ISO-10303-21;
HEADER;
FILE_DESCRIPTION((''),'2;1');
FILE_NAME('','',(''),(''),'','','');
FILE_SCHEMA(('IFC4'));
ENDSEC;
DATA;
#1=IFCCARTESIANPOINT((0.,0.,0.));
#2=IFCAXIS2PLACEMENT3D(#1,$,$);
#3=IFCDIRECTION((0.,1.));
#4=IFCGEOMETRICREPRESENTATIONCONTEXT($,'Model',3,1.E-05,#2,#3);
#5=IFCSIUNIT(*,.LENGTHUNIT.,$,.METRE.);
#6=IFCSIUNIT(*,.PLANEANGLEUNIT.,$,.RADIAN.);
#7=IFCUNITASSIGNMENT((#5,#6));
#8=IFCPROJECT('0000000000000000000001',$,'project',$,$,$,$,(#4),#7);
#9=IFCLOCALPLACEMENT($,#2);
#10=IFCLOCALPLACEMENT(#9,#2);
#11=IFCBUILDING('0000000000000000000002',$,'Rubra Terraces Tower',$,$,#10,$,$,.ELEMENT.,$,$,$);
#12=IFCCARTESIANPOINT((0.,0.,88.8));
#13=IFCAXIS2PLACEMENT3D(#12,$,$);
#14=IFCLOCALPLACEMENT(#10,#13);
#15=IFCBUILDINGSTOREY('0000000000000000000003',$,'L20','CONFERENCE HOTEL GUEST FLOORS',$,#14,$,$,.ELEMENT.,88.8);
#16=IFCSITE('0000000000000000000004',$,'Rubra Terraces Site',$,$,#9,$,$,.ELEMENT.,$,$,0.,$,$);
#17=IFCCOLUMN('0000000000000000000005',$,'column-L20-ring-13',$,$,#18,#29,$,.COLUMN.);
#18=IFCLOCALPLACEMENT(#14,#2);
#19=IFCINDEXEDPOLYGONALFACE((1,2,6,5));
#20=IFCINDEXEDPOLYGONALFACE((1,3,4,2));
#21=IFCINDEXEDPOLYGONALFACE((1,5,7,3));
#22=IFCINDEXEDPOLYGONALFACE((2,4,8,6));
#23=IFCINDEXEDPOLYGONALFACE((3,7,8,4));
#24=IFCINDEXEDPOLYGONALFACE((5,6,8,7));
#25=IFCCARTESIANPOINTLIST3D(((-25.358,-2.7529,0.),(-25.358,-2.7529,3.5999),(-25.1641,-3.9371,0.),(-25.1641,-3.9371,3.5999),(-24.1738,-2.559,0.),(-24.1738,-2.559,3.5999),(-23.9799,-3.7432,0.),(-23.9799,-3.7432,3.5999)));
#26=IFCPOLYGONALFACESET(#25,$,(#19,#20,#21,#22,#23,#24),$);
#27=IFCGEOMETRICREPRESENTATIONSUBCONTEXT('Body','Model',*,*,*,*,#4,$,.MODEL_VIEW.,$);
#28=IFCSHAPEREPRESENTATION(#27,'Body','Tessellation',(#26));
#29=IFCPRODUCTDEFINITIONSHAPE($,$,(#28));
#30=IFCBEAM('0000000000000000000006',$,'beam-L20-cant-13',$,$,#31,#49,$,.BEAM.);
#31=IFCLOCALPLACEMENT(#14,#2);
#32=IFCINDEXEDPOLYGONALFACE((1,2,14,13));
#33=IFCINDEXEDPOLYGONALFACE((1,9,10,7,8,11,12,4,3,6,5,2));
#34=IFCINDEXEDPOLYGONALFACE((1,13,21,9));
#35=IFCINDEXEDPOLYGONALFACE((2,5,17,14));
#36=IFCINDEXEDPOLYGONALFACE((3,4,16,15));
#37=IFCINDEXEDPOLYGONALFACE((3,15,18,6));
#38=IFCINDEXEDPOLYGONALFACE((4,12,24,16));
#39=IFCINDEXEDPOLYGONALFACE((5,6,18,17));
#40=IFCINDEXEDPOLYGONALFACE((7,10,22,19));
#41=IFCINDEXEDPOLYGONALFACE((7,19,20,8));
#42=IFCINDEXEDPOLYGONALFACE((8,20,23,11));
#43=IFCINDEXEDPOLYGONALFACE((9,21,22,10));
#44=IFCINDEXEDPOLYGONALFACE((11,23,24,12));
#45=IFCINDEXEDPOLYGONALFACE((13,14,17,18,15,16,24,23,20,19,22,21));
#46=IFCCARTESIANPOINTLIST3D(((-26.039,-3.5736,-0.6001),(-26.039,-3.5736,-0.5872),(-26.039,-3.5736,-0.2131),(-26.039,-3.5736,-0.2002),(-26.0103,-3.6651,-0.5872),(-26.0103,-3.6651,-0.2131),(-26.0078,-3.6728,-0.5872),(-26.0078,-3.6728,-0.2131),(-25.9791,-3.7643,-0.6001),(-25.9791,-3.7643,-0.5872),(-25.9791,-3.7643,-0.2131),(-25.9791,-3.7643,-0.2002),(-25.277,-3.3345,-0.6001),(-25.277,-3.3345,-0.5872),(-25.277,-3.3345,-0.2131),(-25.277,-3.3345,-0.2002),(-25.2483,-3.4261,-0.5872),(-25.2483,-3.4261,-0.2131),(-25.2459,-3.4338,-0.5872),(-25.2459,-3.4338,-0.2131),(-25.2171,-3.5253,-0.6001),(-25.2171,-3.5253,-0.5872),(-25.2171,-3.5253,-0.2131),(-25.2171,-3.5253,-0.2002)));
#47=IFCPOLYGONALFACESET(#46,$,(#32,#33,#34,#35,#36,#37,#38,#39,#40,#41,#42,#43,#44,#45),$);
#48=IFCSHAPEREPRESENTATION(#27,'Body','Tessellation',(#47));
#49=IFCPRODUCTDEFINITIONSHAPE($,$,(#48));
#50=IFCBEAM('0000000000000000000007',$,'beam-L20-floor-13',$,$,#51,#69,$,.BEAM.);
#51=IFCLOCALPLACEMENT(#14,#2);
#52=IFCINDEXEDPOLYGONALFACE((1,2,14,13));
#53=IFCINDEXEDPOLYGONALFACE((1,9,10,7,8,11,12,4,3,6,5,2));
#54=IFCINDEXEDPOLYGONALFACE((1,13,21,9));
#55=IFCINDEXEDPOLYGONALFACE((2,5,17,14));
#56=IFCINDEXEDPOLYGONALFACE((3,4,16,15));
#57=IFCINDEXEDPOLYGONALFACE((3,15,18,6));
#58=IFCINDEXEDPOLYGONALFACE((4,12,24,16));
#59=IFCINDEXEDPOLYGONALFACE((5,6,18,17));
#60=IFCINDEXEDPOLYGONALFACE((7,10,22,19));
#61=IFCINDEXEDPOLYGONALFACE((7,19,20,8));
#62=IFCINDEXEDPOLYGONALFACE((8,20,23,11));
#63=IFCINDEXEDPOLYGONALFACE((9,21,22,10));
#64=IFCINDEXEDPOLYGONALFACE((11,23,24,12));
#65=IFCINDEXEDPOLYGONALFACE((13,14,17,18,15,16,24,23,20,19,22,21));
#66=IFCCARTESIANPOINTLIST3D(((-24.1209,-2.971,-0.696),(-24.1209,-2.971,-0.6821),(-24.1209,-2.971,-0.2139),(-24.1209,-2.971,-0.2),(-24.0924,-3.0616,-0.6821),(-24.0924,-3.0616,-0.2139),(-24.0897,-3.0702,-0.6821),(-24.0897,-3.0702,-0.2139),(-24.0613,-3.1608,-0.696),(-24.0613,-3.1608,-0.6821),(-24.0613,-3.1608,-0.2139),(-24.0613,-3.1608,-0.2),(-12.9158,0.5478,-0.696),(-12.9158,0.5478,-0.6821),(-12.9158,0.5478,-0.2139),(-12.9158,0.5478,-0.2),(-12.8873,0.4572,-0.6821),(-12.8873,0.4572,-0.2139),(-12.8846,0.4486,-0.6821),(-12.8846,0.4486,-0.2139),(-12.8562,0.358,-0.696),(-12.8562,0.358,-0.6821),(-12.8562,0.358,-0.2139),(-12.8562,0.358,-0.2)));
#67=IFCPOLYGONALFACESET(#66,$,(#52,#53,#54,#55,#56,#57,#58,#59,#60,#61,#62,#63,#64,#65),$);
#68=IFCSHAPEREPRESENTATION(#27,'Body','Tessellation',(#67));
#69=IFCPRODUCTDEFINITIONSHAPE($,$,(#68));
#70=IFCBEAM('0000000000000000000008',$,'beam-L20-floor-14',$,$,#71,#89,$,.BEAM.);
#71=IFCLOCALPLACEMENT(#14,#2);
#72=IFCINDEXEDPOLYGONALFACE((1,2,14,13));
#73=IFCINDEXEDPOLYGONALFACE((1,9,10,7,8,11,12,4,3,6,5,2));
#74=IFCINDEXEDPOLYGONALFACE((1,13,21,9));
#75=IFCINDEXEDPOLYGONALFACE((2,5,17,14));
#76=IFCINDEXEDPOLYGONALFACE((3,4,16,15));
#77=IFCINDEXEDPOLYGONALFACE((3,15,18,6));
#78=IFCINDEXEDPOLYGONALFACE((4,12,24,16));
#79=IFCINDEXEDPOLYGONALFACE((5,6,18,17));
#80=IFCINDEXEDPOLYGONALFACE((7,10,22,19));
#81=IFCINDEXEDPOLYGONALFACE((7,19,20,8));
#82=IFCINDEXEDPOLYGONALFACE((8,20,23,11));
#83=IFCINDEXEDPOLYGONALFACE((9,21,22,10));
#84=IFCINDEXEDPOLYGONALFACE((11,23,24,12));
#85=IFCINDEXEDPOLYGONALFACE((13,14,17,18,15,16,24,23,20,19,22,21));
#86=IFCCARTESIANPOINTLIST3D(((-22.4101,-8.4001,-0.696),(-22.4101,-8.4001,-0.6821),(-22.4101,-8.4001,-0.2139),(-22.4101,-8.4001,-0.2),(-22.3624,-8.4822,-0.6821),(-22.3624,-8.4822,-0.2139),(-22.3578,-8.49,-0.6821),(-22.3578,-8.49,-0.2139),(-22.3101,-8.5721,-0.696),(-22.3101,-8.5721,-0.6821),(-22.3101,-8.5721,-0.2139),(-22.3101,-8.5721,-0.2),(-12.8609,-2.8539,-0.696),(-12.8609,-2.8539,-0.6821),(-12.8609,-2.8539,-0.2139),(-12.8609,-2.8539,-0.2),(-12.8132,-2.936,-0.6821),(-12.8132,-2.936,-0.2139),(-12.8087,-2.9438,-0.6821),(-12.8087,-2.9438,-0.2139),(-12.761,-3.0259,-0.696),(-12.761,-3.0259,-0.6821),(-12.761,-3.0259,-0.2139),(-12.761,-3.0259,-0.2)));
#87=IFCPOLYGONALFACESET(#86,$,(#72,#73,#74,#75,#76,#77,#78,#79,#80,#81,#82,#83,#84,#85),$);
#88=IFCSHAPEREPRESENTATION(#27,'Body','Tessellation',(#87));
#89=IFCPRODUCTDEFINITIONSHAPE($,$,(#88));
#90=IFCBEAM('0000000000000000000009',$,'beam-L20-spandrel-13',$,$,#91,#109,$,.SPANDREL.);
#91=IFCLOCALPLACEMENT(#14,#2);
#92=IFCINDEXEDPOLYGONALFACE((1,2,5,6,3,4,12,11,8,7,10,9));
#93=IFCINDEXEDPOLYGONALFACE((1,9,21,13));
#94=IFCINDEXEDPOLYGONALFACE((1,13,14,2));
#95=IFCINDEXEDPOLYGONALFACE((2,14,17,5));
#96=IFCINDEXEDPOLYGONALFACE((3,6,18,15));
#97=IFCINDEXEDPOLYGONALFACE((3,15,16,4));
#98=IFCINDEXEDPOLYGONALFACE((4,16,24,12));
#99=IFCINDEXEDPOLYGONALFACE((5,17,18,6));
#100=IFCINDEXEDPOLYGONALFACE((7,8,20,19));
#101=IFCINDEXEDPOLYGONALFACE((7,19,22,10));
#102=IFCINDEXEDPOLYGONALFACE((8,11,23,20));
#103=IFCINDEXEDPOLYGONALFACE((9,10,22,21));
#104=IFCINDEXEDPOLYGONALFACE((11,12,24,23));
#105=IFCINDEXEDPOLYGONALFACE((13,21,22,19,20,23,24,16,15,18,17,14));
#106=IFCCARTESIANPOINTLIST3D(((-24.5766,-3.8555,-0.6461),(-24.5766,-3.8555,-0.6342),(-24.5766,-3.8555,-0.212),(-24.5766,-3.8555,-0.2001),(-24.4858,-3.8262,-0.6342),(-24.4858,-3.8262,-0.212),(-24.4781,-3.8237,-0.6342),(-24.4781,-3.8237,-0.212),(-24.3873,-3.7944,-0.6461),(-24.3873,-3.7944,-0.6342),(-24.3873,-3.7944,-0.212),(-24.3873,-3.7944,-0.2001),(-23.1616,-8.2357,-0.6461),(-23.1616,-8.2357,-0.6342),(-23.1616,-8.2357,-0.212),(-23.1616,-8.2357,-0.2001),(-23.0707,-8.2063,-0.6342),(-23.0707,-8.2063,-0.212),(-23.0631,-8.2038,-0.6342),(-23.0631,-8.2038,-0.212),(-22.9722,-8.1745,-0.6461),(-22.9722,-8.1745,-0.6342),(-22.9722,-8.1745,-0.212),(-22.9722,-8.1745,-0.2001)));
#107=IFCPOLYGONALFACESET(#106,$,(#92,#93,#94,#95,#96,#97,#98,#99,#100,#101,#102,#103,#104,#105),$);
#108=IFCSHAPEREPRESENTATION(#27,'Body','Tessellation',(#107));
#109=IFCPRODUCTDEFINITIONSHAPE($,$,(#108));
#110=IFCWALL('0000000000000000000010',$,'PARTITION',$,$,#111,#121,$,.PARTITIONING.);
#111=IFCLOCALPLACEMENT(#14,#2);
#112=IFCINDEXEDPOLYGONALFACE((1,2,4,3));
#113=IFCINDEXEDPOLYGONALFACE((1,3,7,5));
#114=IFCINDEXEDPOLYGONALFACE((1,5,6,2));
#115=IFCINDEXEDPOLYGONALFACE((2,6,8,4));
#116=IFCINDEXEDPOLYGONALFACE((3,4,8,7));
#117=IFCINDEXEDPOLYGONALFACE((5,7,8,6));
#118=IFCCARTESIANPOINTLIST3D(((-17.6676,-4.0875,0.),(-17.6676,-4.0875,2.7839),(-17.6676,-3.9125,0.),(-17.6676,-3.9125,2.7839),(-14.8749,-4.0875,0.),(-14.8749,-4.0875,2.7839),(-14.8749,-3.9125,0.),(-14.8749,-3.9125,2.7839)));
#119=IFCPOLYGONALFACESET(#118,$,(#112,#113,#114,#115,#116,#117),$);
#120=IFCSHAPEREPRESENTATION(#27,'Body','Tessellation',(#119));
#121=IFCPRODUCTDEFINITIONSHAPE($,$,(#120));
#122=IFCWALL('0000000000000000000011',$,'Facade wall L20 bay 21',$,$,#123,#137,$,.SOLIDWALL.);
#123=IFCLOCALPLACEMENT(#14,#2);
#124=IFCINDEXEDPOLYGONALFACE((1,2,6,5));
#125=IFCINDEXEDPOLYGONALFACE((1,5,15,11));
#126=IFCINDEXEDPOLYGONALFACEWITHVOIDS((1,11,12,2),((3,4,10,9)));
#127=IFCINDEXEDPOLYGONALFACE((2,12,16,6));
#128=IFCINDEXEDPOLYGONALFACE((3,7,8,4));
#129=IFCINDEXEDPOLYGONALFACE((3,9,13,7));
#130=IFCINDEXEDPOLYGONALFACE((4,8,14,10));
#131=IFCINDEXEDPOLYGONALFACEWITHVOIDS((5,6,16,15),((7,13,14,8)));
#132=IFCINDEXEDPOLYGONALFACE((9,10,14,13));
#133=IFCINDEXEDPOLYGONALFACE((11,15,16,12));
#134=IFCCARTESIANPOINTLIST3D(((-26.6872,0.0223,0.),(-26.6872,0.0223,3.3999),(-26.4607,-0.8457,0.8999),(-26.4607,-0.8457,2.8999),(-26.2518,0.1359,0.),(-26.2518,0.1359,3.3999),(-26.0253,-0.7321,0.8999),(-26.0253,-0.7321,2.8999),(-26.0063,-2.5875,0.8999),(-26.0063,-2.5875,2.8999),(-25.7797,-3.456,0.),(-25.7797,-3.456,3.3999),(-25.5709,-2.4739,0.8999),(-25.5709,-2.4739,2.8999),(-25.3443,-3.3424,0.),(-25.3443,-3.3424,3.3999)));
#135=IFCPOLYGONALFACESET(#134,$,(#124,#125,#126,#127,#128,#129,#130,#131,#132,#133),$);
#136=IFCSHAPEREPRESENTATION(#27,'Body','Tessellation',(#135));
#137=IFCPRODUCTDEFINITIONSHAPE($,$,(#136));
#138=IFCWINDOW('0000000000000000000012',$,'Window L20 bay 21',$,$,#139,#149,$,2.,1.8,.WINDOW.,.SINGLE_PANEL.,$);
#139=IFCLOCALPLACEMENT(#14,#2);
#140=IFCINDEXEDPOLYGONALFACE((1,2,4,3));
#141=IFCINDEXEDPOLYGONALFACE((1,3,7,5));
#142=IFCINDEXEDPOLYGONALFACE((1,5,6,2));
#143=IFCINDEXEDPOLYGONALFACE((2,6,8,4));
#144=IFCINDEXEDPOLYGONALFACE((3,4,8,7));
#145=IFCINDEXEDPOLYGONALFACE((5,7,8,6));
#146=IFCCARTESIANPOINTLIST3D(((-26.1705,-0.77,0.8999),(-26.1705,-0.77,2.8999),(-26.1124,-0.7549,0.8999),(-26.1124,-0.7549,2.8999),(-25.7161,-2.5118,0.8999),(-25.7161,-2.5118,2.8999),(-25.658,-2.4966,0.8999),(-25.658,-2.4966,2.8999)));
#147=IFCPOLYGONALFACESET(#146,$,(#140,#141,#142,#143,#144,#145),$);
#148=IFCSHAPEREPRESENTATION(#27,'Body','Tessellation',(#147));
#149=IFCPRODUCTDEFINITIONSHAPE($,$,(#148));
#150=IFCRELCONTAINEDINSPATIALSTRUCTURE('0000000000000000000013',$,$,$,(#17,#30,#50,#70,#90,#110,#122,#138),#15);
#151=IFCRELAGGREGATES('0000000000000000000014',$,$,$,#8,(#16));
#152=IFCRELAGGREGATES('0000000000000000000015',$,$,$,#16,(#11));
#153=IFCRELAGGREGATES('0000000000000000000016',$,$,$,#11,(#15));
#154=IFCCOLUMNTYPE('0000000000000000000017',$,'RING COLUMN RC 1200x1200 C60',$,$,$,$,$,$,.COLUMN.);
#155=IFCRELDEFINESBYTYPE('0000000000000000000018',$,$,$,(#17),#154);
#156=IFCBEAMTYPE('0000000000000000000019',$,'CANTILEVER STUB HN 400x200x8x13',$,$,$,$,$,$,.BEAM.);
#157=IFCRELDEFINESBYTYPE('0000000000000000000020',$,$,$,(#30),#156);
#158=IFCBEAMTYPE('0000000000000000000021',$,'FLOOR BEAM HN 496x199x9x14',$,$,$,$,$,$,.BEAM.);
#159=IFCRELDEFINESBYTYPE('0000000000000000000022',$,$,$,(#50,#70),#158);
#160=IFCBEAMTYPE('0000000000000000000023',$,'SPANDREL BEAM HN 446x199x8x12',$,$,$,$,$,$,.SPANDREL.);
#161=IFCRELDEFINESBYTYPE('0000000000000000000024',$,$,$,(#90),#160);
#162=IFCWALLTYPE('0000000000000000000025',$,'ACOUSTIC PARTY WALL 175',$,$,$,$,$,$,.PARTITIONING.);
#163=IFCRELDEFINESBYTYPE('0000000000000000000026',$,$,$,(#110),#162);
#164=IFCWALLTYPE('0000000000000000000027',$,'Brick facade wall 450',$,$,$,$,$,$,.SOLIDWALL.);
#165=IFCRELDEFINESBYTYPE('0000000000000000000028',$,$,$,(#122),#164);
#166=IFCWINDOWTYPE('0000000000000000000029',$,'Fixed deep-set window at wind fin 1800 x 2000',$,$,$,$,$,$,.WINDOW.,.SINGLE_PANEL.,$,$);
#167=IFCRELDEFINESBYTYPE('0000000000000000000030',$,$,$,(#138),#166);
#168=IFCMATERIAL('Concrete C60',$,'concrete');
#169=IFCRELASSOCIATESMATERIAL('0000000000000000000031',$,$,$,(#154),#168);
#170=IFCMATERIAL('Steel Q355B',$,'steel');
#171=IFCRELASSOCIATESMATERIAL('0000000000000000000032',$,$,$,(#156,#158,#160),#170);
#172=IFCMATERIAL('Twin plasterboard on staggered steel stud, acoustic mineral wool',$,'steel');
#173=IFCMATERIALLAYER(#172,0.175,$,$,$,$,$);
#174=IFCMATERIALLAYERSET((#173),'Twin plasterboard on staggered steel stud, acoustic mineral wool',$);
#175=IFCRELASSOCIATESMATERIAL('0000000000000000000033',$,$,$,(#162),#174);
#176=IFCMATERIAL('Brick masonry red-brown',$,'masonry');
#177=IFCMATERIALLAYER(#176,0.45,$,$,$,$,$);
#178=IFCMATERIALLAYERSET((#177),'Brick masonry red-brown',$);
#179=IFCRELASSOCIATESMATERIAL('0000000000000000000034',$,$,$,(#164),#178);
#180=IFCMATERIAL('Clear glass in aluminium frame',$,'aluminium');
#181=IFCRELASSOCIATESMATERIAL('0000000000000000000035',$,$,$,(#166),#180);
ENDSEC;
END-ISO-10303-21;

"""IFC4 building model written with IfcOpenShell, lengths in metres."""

from ifc_helpers import new_model, si_unit, direction, frame, frame_2d, origin, origin_2d, place, context, subcontext, project, spatial, rectangle, i_section, extrude, material, layer, layer_set, material_profile, profile_set, type_object, element, fill, save


model = new_model("IFC4")

# Units and contexts
model_context = context("Model", 3, precision=1e-05, world=origin(), true_north=direction((0.0, 1.0)))
body_context = subcontext(model_context, "Body", "Model", "MODEL_VIEW")
ifc_project = project(units=[si_unit("LENGTHUNIT", "METRE"), si_unit("PLANEANGLEUNIT", "RADIAN")], contexts=[model_context])

# Site, building, storey
site_placement = place(None, origin())
site = spatial("IfcSite", under=ifc_project, at=site_placement, Name="Rubra Terraces Site", CompositionType="ELEMENT", RefElevation=0.0)
building_placement = place(site_placement, origin())
building = spatial("IfcBuilding", under=site, at=building_placement, Name="Rubra Terraces Tower", CompositionType="ELEMENT")
storey_placement = place(building_placement, frame((0.0, 0.0, 88.8)))
storey = spatial("IfcBuildingStorey", under=building, at=storey_placement, Name="L20", Description="CONFERENCE HOTEL GUEST FLOORS", CompositionType="ELEMENT", Elevation=88.8)

# Column
ifc_material_1 = material(Name="Concrete C60", Category="concrete")
ifc_material_profile_1 = material_profile(ifc_material_1, rectangle(XDim=1.2, YDim=1.2, at=origin_2d()), Name="RC 1200x1200")
ifc_profile_set_1 = profile_set([ifc_material_profile_1], Name="Concrete C60")
column_type = type_object("IfcColumnType", Name="RING COLUMN RC 1200x1200 C60", PredefinedType="COLUMN", material=ifc_profile_set_1)
column_placement = place(storey_placement, frame((-24.6689, -3.248, 0.0), z_axis=(0.0, 0.0, 1.0), x_axis=(0.161559, -0.986863, 0.0)))
element("IfcColumn", 1, at=column_placement, inside=storey, type_object=column_type, Name="column-L20-ring-13", PredefinedType="COLUMN", context=body_context, shape_type="SweptSolid", body=[
    extrude(rectangle(XDim=1.2, YDim=1.2, at=origin_2d()), origin(), (0.0, 0.0, 1.0), 3.5999),
])

# Beams
ifc_material_2 = material(Name="Steel Q355B", Category="steel")
ifc_material_profile_2 = material_profile(ifc_material_2, i_section(OverallWidth=0.2, OverallDepth=0.3999, WebThickness=0.0081, FlangeThickness=0.0129, at=origin_2d()), Name="HN 400x200x8x13")
ifc_profile_set_2 = profile_set([ifc_material_profile_2], Name="Steel Q355B")
beam_type_1 = type_object("IfcBeamType", Name="CANTILEVER STUB HN 400x200x8x13", PredefinedType="BEAM", material=ifc_profile_set_2)
beam_1_placement = place(storey_placement, frame((-25.2471, -3.4299, -0.4001), z_axis=(-0.954158, -0.299302, 0.0), x_axis=(0.299302, -0.954158, 0.0)))
element("IfcBeam", 2, at=beam_1_placement, inside=storey, type_object=beam_type_1, Name="beam-L20-cant-13", PredefinedType="BEAM", context=body_context, shape_type="SweptSolid", body=[
    extrude(i_section(OverallWidth=0.2, OverallDepth=0.3999, WebThickness=0.0081, FlangeThickness=0.0129, at=origin_2d()), origin(), (0.0, 0.0, 1.0), 0.7986),
])
ifc_material_profile_3 = material_profile(ifc_material_2, i_section(OverallWidth=0.199, OverallDepth=0.4961, WebThickness=0.009, FlangeThickness=0.0139, at=origin_2d()), Name="HN 496x199x9x14")
ifc_profile_set_3 = profile_set([ifc_material_profile_3], Name="Steel Q355B")
beam_type_2 = type_object("IfcBeamType", Name="FLOOR BEAM HN 496x199x9x14", PredefinedType="BEAM", material=ifc_profile_set_3)
beam_2_placement = place(storey_placement, frame((-24.0911, -3.0659, -0.448), z_axis=(0.954062, 0.29961, 0.0), x_axis=(-0.29961, 0.954062, 0.0)))
element("IfcBeam", 3, at=beam_2_placement, inside=storey, type_object=beam_type_2, Name="beam-L20-floor-13", PredefinedType="BEAM", context=body_context, shape_type="SweptSolid", body=[
    extrude(i_section(OverallWidth=0.199, OverallDepth=0.4961, WebThickness=0.009, FlangeThickness=0.0139, at=origin_2d()), origin(), (0.0, 0.0, 1.0), 11.7446),
])
beam_3_placement = place(storey_placement, frame((-22.3601, -8.4861, -0.448), z_axis=(0.864729, 0.502238, 0.0), x_axis=(-0.502238, 0.864729, 0.0)))
element("IfcBeam", 4, at=beam_3_placement, inside=storey, type_object=beam_type_2, Name="beam-L20-floor-14", PredefinedType="BEAM", context=body_context, shape_type="SweptSolid", body=[
    extrude(i_section(OverallWidth=0.199, OverallDepth=0.4961, WebThickness=0.009, FlangeThickness=0.0139, at=origin_2d()), origin(), (0.0, 0.0, 1.0), 11.043),
])
ifc_material_profile_4 = material_profile(ifc_material_2, i_section(OverallWidth=0.199, OverallDepth=0.446, WebThickness=0.0081, FlangeThickness=0.012, at=origin_2d()), Name="HN 446x199x8x12")
ifc_profile_set_4 = profile_set([ifc_material_profile_4], Name="Steel Q355B")
beam_type_3 = type_object("IfcBeamType", Name="SPANDREL BEAM HN 446x199x8x12", PredefinedType="SPANDREL", material=ifc_profile_set_4)
beam_4_placement = place(storey_placement, frame((-24.4819, -3.825, -0.4231), z_axis=(0.307415, -0.951576, 0.0), x_axis=(0.951576, 0.307415, 0.0)))
element("IfcBeam", 5, at=beam_4_placement, inside=storey, type_object=beam_type_3, Name="beam-L20-spandrel-13", PredefinedType="SPANDREL", context=body_context, shape_type="SweptSolid", body=[
    extrude(i_section(OverallWidth=0.199, OverallDepth=0.446, WebThickness=0.0081, FlangeThickness=0.012, at=origin_2d()), origin(), (0.0, 0.0, 1.0), 4.603),
])

# Wall
ifc_material_3 = material(Name="Twin plasterboard on staggered steel stud, acoustic mineral wool", Category="steel")
ifc_layer_1 = layer(ifc_material_3, 0.175)
ifc_layer_set_1 = layer_set([ifc_layer_1], Name="Twin plasterboard on staggered steel stud, acoustic mineral wool")
wall_type_1 = type_object("IfcWallType", Name="ACOUSTIC PARTY WALL 175", PredefinedType="PARTITIONING", material=ifc_layer_set_1)
wall_1_placement = place(storey_placement, frame((-17.6677, -4.0, 0.0), z_axis=(0.0, 0.0, 1.0), x_axis=(1.0, 0.0, 0.0)))
element("IfcWall", 6, at=wall_1_placement, inside=storey, type_object=wall_type_1, Name="PARTITION", PredefinedType="PARTITIONING", context=body_context, shape_type="SweptSolid", body=[
    extrude(rectangle(XDim=2.7927, YDim=0.175, at=frame_2d((1.3965, 0.0))), origin(), (0.0, 0.0, 1.0), 2.7839),
])

# Wall, opening, window
ifc_material_4 = material(Name="Brick masonry red-brown", Category="masonry")
ifc_layer_2 = layer(ifc_material_4, 0.45)
ifc_layer_set_2 = layer_set([ifc_layer_2], Name="Brick masonry red-brown")
wall_type_2 = type_object("IfcWallType", Name="Brick facade wall 450", PredefinedType="SOLIDWALL", material=ifc_layer_set_2)
wall_2_placement = place(storey_placement, frame((-26.4695, 0.0791, 0.0), z_axis=(0.0, 0.0, 1.0), x_axis=(0.252447, -0.967611, 0.0)))
wall_2 = element("IfcWall", 7, at=wall_2_placement, inside=storey, type_object=wall_type_2, Name="Facade wall L20 bay 21", PredefinedType="SOLIDWALL", context=body_context, shape_type="SweptSolid", body=[
    extrude(rectangle(XDim=3.5947, YDim=0.45, at=frame_2d((1.7974, 0.0))), origin(), (0.0, 0.0, 1.0), 3.3999),
])
opening_1_placement = place(wall_2_placement, frame((0.8972, 0.0, 0.8999)))
opening_1 = element("IfcOpeningElement", 8, at=opening_1_placement, cuts=wall_2, PredefinedType="OPENING", context=body_context, shape_type="SweptSolid", body=[
    extrude(rectangle(XDim=1.8, YDim=2.0, at=frame_2d((0.8999, 1.0))), frame((0.0, 0.2349, 0.0), z_axis=(0.0, -1.0, 0.0), x_axis=(1.0, 0.0, 0.0)), (0.0, 0.0, 1.0), 0.47),
])
ifc_material_5 = material(Name="Clear glass in aluminium frame", Category="aluminium")
window_type_1 = type_object("IfcWindowType", Name="Fixed deep-set window at wind fin 1800 x 2000", PartitioningType="SINGLE_PANEL", PredefinedType="WINDOW", material=ifc_material_5)
window_1_placement = place(opening_1_placement, origin())
window_1 = element("IfcWindow", 9, at=window_1_placement, inside=storey, type_object=window_type_1, Name="Window L20 bay 21", OverallHeight=2.0, OverallWidth=1.8, PartitioningType="SINGLE_PANEL", PredefinedType="WINDOW", context=body_context, shape_type="SweptSolid", body=[
    extrude(rectangle(XDim=1.8, YDim=2.0, at=frame_2d((0.8999, 1.0))), frame((0.0, 0.135, 0.0), z_axis=(0.0, -1.0, 0.0), x_axis=(1.0, 0.0, 0.0)), (0.0, 0.0, 1.0), 0.0601),
])
fill(opening_1, window_1)

save(model, "model.ifc")
